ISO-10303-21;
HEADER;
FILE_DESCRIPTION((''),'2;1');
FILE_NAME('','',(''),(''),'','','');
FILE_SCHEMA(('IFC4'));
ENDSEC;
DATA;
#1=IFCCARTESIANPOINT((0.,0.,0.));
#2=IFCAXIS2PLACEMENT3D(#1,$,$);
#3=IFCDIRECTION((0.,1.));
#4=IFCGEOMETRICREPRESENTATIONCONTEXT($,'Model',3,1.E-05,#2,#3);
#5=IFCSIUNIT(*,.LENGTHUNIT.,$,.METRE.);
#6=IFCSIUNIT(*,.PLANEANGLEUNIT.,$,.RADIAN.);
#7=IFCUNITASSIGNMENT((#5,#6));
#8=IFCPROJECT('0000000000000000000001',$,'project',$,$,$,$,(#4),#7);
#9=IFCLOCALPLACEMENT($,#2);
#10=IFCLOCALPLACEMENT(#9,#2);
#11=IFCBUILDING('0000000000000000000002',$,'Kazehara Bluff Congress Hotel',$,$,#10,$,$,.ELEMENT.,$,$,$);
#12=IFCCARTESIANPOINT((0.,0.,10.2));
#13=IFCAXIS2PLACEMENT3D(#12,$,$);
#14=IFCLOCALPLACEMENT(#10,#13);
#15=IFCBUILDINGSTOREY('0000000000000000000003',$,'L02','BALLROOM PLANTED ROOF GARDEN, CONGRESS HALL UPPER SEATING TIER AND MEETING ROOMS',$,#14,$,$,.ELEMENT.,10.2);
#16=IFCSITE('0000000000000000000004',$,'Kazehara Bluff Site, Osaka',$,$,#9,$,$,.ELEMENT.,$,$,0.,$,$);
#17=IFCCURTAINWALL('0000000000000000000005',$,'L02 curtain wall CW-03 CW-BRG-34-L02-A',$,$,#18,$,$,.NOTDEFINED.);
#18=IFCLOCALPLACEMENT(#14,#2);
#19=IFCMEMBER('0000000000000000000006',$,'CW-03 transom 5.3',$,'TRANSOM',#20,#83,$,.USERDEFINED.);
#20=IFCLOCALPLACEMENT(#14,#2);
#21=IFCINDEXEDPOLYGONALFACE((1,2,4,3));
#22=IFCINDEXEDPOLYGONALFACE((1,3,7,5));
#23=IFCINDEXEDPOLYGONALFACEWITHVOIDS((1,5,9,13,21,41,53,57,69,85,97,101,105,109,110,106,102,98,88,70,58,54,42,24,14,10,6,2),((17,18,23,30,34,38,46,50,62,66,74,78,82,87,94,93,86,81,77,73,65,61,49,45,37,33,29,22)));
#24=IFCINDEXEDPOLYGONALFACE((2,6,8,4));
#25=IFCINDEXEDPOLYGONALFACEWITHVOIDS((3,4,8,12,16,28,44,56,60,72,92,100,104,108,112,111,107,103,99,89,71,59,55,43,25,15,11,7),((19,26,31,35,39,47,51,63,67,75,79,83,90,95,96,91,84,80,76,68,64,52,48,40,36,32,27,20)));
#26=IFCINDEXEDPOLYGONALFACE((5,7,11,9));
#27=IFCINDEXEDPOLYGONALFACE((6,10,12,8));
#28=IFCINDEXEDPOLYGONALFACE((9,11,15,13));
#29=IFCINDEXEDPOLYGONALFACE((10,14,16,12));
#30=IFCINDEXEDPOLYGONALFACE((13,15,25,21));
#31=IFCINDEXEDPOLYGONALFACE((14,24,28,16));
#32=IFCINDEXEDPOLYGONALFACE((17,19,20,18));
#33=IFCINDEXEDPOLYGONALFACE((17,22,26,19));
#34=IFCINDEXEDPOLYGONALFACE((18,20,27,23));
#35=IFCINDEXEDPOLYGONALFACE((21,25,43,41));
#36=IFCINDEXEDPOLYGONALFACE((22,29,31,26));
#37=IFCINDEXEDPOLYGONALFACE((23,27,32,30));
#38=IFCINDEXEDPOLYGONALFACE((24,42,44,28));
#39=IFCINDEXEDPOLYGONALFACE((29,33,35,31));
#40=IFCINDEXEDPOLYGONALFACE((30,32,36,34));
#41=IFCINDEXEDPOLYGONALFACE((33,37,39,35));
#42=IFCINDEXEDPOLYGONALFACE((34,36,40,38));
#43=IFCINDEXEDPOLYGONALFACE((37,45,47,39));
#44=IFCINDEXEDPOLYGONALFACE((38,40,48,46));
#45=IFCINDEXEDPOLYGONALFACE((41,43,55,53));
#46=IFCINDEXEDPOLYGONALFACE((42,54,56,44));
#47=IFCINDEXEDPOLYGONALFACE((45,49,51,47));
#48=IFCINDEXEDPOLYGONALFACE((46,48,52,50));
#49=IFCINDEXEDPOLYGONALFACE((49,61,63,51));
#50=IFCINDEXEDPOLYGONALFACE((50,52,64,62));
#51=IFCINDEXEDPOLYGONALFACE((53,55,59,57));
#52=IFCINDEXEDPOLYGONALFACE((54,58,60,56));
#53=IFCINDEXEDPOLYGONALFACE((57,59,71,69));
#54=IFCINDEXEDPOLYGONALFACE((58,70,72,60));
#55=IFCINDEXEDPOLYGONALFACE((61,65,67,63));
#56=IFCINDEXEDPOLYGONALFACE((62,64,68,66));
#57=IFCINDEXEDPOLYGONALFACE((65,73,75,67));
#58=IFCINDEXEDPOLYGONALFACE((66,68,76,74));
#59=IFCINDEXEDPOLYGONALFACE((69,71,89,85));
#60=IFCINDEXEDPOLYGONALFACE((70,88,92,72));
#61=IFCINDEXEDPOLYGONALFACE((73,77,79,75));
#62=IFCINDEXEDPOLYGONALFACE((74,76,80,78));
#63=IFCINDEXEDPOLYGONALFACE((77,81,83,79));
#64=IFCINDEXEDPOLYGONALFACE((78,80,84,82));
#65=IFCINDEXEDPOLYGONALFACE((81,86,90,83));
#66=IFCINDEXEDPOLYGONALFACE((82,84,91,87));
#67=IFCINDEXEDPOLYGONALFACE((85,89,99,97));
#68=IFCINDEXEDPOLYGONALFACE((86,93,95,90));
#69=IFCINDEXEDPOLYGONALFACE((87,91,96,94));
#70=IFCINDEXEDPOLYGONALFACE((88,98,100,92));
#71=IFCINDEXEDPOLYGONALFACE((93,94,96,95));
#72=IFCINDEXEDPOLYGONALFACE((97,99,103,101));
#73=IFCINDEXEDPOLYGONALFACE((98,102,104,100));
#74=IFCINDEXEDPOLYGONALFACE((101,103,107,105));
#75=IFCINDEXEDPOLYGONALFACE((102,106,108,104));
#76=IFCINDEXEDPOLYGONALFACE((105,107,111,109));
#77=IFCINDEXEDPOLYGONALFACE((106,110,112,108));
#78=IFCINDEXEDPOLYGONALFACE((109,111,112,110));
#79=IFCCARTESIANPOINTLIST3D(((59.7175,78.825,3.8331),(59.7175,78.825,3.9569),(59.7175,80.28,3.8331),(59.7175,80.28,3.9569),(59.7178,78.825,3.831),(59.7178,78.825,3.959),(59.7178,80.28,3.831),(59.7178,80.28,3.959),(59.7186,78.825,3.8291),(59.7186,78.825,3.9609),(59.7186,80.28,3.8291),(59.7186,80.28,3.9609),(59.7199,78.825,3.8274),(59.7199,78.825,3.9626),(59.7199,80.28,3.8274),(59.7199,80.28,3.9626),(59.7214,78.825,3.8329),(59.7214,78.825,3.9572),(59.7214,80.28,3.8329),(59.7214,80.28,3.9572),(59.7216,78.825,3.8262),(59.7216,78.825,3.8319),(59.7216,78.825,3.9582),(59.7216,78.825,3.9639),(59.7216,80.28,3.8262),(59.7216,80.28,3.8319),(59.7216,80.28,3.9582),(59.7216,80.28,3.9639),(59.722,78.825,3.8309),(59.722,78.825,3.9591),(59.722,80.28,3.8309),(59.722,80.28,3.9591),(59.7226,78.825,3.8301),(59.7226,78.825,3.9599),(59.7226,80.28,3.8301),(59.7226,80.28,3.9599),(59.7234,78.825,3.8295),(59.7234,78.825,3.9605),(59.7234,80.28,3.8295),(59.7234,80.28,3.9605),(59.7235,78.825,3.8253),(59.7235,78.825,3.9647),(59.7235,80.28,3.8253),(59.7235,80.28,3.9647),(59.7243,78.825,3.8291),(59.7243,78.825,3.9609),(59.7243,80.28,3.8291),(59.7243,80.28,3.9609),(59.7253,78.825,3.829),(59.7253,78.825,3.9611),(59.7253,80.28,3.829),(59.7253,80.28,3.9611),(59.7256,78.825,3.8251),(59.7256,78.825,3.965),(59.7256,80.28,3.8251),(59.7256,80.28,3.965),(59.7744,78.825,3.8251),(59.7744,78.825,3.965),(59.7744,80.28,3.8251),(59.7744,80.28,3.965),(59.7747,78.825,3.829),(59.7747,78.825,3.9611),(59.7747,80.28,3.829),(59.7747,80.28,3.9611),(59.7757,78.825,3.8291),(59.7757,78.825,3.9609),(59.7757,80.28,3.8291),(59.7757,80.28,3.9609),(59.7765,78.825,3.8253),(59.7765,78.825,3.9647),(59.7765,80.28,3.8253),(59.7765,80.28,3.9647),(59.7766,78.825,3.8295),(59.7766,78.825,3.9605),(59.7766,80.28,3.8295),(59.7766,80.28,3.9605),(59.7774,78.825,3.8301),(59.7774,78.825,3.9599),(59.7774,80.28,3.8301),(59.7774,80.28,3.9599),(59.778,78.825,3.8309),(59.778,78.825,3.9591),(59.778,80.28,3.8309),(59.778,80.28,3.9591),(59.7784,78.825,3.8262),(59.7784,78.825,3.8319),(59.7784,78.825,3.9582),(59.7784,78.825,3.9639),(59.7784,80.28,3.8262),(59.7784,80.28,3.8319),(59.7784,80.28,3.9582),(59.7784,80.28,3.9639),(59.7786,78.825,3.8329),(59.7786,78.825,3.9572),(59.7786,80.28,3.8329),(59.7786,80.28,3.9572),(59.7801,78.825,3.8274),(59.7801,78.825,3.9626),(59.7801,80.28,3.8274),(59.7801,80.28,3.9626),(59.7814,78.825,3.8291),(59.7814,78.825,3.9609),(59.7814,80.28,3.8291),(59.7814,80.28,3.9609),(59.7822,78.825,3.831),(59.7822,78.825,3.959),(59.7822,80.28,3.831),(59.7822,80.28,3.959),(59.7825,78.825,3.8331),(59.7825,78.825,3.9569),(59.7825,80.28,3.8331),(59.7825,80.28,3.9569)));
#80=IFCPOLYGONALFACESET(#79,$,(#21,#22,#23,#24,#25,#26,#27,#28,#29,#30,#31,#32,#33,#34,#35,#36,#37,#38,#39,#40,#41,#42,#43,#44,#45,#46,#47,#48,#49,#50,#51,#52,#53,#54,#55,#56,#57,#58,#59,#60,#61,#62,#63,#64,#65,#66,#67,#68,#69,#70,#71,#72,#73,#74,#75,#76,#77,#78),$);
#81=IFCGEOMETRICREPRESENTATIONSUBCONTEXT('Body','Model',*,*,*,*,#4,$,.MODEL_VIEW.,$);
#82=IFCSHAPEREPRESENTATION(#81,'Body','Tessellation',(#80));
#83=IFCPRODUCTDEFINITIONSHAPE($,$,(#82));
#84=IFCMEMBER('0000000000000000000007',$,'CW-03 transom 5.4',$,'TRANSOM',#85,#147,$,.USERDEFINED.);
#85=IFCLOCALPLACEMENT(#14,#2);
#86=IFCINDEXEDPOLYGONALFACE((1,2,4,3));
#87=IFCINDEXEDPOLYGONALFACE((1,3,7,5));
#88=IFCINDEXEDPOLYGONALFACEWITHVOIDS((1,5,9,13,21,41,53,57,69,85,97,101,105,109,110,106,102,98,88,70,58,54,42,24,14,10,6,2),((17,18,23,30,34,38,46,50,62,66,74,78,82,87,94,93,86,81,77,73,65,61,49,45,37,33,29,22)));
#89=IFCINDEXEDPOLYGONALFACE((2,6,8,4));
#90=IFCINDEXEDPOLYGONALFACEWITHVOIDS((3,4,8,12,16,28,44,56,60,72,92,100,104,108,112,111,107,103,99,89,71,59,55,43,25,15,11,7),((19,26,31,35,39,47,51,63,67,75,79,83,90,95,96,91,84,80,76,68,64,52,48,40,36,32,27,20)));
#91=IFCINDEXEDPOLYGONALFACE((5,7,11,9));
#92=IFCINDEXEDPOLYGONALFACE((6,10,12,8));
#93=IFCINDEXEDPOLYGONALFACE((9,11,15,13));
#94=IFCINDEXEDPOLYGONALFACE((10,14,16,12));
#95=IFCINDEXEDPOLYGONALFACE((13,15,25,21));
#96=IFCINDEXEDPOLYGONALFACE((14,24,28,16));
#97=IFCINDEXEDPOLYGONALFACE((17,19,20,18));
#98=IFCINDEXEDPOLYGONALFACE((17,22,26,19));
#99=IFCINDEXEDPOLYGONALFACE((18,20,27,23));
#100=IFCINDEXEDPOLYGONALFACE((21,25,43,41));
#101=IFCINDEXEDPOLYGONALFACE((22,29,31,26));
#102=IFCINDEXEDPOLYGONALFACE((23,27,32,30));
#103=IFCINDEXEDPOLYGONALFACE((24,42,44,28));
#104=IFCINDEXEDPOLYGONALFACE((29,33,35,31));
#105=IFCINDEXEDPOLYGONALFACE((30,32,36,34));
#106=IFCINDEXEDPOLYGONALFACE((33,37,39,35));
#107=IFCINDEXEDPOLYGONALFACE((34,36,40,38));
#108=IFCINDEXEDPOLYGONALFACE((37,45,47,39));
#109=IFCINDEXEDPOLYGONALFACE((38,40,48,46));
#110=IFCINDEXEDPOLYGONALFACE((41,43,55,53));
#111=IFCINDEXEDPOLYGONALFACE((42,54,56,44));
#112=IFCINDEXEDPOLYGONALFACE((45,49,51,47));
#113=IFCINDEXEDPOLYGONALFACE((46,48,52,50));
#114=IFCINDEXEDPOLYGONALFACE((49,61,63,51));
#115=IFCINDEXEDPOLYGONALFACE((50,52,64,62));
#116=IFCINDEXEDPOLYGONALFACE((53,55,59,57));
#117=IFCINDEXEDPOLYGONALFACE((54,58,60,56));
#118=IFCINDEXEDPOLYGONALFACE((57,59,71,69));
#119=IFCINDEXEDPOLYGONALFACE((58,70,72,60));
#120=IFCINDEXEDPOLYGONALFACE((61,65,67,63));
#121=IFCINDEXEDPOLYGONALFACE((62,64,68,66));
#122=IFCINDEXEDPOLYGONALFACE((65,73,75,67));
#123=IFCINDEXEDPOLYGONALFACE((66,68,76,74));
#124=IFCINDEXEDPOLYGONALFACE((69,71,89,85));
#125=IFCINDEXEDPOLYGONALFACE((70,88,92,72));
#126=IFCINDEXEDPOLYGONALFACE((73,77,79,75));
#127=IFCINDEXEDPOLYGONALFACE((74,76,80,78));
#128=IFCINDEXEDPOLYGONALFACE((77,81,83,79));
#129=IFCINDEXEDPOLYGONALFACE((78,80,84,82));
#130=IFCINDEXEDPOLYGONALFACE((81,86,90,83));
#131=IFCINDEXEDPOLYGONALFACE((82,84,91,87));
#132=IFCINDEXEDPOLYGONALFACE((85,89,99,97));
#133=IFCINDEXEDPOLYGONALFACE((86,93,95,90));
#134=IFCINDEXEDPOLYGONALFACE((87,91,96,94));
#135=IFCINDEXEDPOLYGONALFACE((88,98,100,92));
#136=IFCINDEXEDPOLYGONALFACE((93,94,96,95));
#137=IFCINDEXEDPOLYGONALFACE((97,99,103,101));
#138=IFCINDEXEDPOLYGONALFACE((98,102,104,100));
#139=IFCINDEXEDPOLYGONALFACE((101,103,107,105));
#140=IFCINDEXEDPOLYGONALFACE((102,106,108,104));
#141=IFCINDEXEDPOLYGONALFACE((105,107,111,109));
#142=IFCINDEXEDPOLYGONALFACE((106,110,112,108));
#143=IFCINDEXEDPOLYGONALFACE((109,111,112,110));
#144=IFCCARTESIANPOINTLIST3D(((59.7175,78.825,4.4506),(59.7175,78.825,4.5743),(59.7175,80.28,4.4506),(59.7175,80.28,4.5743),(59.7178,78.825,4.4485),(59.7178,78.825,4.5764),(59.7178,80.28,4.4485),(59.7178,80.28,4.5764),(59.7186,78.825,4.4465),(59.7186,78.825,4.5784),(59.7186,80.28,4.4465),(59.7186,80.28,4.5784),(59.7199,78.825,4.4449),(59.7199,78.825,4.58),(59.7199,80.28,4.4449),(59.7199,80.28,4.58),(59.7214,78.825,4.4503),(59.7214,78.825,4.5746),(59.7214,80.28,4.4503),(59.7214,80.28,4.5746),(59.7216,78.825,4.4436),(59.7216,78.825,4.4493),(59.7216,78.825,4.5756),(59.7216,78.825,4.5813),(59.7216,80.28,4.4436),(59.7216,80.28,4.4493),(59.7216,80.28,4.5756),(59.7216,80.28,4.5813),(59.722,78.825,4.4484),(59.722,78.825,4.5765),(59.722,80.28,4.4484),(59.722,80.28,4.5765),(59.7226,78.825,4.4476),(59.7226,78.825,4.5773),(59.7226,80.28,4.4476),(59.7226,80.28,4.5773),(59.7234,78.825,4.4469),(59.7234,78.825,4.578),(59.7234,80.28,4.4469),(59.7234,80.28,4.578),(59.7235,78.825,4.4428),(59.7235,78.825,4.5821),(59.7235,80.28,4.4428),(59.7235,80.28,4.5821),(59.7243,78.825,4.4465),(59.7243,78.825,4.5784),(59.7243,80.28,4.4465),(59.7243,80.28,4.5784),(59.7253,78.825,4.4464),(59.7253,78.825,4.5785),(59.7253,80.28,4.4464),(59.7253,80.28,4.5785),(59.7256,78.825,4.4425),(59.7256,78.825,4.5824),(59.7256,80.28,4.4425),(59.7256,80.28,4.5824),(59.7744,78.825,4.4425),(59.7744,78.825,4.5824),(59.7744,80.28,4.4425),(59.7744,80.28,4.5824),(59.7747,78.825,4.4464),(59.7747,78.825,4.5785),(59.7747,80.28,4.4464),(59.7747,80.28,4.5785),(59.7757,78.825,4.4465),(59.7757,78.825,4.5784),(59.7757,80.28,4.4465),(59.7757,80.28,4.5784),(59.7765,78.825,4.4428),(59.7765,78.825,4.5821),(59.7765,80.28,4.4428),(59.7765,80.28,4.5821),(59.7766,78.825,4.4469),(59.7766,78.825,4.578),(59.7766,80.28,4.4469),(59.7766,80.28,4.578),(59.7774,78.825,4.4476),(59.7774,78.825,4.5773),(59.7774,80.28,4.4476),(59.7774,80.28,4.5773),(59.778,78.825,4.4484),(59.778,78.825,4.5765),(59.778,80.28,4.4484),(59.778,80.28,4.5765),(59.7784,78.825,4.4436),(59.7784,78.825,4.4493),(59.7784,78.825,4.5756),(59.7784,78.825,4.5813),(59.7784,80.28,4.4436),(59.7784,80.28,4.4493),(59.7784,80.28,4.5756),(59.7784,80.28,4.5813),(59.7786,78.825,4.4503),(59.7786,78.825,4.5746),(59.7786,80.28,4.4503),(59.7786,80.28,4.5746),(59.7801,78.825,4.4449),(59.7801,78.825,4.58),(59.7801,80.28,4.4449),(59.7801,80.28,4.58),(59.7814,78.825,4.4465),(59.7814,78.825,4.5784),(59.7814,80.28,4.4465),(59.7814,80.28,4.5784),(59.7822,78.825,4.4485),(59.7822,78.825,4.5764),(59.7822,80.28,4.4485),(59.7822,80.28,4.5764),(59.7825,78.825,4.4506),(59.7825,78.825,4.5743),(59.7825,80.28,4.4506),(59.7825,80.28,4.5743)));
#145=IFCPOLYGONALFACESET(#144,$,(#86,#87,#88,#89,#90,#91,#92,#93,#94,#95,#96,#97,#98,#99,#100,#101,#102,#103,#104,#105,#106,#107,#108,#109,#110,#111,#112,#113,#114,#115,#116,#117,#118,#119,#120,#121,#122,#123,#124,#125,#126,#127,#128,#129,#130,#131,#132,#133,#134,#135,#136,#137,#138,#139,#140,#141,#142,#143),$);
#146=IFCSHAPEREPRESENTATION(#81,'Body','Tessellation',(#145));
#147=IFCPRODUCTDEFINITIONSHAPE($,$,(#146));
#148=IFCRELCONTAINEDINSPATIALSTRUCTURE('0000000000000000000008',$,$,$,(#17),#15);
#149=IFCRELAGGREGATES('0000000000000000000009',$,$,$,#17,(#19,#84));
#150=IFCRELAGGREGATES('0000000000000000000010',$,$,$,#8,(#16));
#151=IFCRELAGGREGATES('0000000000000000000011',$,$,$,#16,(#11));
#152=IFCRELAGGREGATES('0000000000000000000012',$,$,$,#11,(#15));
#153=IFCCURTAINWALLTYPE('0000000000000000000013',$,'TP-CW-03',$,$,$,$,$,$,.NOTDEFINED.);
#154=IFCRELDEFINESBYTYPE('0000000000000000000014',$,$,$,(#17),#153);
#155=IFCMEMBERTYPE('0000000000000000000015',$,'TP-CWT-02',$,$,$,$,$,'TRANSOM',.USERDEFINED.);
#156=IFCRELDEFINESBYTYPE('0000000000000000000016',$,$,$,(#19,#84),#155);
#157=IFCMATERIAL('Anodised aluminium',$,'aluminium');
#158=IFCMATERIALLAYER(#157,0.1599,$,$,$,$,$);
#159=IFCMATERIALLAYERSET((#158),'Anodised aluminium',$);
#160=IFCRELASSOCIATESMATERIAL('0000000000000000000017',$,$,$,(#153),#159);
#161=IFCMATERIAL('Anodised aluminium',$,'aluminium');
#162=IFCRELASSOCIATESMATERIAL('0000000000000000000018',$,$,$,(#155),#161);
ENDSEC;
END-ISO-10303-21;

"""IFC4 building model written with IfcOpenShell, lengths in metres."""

from ifc_helpers import new_model, si_unit, direction, frame, origin, origin_2d, place, context, subcontext, project, spatial, hollow_rectangle, extrude, material, layer, layer_set, material_profile, profile_set, type_object, element, aggregate, save


model = new_model("IFC4")

# Units and contexts
model_context = context("Model", 3, precision=1e-05, world=origin(), true_north=direction((0.0, 1.0)))
body_context = subcontext(model_context, "Body", "Model", "MODEL_VIEW")
ifc_project = project(units=[si_unit("LENGTHUNIT", "METRE"), si_unit("PLANEANGLEUNIT", "RADIAN")], contexts=[model_context])

# Site, building, storey
site_placement = place(None, origin())
site = spatial("IfcSite", under=ifc_project, at=site_placement, Name="Kazehara Bluff Site, Osaka", CompositionType="ELEMENT", RefElevation=0.0)
building_placement = place(site_placement, origin())
building = spatial("IfcBuilding", under=site, at=building_placement, Name="Kazehara Bluff Congress Hotel", CompositionType="ELEMENT")
storey_placement = place(building_placement, frame((0.0, 0.0, 10.2)))
storey = spatial("IfcBuildingStorey", under=building, at=storey_placement, Name="L02", Description="BALLROOM PLANTED ROOF GARDEN, CONGRESS HALL UPPER SEATING TIER AND MEETING ROOMS", CompositionType="ELEMENT", Elevation=10.2)

# Curtain wall
ifc_material_1 = material(Name="Anodised aluminium", Category="aluminium")
ifc_layer_1 = layer(ifc_material_1, 0.1599)
ifc_layer_set_1 = layer_set([ifc_layer_1], Name="Anodised aluminium")
curtain_wall_type_1 = type_object("IfcCurtainWallType", Name="TP-CW-03", PredefinedType="NOTDEFINED", material=ifc_layer_set_1)
curtain_wall_1_placement = place(storey_placement, origin())
curtain_wall_1 = element("IfcCurtainWall", 1, at=curtain_wall_1_placement, inside=storey, type_object=curtain_wall_type_1, Name="L02 curtain wall CW-03 CW-BRG-34-L02-A", PredefinedType="NOTDEFINED")

# Members
ifc_material_2 = material(Name="Anodised aluminium", Category="aluminium")
ifc_material_profile_1 = material_profile(ifc_material_2, hollow_rectangle(XDim=0.0649, YDim=0.1399, WallThickness=0.0039, InnerFilletRadius=0.0039, OuterFilletRadius=0.0081, at=origin_2d()))
ifc_profile_set_1 = profile_set([ifc_material_profile_1], Name="Anodised aluminium")
member_type_1 = type_object("IfcMemberType", Name="TP-CWT-02", ElementType="TRANSOM", PredefinedType="USERDEFINED", material=ifc_profile_set_1)
member_1_placement = place(storey_placement, frame((59.75, 78.825, 3.895), z_axis=(0.0, 1.0, 0.0), x_axis=(-1.0, 0.0, 0.0)))
member_1 = element("IfcMember", 2, at=member_1_placement, type_object=member_type_1, Name="CW-03 transom 5.3", ObjectType="TRANSOM", PredefinedType="USERDEFINED", context=body_context, shape_type="SweptSolid", body=[
    extrude(hollow_rectangle(XDim=0.0649, YDim=0.1399, WallThickness=0.0039, InnerFilletRadius=0.0039, OuterFilletRadius=0.0081, at=origin_2d()), origin(), (0.0, 0.0, 1.0), 1.4551),
])
member_2_placement = place(storey_placement, frame((59.75, 78.825, 4.5125), z_axis=(0.0, 1.0, 0.0), x_axis=(-1.0, 0.0, 0.0)))
member_2 = element("IfcMember", 3, at=member_2_placement, type_object=member_type_1, Name="CW-03 transom 5.4", ObjectType="TRANSOM", PredefinedType="USERDEFINED", context=body_context, shape_type="SweptSolid", body=[
    extrude(hollow_rectangle(XDim=0.0649, YDim=0.1399, WallThickness=0.0039, InnerFilletRadius=0.0039, OuterFilletRadius=0.0081, at=origin_2d()), origin(), (0.0, 0.0, 1.0), 1.4551),
])

aggregate(curtain_wall_1, [member_1, member_2])

save(model, "model.ifc")
